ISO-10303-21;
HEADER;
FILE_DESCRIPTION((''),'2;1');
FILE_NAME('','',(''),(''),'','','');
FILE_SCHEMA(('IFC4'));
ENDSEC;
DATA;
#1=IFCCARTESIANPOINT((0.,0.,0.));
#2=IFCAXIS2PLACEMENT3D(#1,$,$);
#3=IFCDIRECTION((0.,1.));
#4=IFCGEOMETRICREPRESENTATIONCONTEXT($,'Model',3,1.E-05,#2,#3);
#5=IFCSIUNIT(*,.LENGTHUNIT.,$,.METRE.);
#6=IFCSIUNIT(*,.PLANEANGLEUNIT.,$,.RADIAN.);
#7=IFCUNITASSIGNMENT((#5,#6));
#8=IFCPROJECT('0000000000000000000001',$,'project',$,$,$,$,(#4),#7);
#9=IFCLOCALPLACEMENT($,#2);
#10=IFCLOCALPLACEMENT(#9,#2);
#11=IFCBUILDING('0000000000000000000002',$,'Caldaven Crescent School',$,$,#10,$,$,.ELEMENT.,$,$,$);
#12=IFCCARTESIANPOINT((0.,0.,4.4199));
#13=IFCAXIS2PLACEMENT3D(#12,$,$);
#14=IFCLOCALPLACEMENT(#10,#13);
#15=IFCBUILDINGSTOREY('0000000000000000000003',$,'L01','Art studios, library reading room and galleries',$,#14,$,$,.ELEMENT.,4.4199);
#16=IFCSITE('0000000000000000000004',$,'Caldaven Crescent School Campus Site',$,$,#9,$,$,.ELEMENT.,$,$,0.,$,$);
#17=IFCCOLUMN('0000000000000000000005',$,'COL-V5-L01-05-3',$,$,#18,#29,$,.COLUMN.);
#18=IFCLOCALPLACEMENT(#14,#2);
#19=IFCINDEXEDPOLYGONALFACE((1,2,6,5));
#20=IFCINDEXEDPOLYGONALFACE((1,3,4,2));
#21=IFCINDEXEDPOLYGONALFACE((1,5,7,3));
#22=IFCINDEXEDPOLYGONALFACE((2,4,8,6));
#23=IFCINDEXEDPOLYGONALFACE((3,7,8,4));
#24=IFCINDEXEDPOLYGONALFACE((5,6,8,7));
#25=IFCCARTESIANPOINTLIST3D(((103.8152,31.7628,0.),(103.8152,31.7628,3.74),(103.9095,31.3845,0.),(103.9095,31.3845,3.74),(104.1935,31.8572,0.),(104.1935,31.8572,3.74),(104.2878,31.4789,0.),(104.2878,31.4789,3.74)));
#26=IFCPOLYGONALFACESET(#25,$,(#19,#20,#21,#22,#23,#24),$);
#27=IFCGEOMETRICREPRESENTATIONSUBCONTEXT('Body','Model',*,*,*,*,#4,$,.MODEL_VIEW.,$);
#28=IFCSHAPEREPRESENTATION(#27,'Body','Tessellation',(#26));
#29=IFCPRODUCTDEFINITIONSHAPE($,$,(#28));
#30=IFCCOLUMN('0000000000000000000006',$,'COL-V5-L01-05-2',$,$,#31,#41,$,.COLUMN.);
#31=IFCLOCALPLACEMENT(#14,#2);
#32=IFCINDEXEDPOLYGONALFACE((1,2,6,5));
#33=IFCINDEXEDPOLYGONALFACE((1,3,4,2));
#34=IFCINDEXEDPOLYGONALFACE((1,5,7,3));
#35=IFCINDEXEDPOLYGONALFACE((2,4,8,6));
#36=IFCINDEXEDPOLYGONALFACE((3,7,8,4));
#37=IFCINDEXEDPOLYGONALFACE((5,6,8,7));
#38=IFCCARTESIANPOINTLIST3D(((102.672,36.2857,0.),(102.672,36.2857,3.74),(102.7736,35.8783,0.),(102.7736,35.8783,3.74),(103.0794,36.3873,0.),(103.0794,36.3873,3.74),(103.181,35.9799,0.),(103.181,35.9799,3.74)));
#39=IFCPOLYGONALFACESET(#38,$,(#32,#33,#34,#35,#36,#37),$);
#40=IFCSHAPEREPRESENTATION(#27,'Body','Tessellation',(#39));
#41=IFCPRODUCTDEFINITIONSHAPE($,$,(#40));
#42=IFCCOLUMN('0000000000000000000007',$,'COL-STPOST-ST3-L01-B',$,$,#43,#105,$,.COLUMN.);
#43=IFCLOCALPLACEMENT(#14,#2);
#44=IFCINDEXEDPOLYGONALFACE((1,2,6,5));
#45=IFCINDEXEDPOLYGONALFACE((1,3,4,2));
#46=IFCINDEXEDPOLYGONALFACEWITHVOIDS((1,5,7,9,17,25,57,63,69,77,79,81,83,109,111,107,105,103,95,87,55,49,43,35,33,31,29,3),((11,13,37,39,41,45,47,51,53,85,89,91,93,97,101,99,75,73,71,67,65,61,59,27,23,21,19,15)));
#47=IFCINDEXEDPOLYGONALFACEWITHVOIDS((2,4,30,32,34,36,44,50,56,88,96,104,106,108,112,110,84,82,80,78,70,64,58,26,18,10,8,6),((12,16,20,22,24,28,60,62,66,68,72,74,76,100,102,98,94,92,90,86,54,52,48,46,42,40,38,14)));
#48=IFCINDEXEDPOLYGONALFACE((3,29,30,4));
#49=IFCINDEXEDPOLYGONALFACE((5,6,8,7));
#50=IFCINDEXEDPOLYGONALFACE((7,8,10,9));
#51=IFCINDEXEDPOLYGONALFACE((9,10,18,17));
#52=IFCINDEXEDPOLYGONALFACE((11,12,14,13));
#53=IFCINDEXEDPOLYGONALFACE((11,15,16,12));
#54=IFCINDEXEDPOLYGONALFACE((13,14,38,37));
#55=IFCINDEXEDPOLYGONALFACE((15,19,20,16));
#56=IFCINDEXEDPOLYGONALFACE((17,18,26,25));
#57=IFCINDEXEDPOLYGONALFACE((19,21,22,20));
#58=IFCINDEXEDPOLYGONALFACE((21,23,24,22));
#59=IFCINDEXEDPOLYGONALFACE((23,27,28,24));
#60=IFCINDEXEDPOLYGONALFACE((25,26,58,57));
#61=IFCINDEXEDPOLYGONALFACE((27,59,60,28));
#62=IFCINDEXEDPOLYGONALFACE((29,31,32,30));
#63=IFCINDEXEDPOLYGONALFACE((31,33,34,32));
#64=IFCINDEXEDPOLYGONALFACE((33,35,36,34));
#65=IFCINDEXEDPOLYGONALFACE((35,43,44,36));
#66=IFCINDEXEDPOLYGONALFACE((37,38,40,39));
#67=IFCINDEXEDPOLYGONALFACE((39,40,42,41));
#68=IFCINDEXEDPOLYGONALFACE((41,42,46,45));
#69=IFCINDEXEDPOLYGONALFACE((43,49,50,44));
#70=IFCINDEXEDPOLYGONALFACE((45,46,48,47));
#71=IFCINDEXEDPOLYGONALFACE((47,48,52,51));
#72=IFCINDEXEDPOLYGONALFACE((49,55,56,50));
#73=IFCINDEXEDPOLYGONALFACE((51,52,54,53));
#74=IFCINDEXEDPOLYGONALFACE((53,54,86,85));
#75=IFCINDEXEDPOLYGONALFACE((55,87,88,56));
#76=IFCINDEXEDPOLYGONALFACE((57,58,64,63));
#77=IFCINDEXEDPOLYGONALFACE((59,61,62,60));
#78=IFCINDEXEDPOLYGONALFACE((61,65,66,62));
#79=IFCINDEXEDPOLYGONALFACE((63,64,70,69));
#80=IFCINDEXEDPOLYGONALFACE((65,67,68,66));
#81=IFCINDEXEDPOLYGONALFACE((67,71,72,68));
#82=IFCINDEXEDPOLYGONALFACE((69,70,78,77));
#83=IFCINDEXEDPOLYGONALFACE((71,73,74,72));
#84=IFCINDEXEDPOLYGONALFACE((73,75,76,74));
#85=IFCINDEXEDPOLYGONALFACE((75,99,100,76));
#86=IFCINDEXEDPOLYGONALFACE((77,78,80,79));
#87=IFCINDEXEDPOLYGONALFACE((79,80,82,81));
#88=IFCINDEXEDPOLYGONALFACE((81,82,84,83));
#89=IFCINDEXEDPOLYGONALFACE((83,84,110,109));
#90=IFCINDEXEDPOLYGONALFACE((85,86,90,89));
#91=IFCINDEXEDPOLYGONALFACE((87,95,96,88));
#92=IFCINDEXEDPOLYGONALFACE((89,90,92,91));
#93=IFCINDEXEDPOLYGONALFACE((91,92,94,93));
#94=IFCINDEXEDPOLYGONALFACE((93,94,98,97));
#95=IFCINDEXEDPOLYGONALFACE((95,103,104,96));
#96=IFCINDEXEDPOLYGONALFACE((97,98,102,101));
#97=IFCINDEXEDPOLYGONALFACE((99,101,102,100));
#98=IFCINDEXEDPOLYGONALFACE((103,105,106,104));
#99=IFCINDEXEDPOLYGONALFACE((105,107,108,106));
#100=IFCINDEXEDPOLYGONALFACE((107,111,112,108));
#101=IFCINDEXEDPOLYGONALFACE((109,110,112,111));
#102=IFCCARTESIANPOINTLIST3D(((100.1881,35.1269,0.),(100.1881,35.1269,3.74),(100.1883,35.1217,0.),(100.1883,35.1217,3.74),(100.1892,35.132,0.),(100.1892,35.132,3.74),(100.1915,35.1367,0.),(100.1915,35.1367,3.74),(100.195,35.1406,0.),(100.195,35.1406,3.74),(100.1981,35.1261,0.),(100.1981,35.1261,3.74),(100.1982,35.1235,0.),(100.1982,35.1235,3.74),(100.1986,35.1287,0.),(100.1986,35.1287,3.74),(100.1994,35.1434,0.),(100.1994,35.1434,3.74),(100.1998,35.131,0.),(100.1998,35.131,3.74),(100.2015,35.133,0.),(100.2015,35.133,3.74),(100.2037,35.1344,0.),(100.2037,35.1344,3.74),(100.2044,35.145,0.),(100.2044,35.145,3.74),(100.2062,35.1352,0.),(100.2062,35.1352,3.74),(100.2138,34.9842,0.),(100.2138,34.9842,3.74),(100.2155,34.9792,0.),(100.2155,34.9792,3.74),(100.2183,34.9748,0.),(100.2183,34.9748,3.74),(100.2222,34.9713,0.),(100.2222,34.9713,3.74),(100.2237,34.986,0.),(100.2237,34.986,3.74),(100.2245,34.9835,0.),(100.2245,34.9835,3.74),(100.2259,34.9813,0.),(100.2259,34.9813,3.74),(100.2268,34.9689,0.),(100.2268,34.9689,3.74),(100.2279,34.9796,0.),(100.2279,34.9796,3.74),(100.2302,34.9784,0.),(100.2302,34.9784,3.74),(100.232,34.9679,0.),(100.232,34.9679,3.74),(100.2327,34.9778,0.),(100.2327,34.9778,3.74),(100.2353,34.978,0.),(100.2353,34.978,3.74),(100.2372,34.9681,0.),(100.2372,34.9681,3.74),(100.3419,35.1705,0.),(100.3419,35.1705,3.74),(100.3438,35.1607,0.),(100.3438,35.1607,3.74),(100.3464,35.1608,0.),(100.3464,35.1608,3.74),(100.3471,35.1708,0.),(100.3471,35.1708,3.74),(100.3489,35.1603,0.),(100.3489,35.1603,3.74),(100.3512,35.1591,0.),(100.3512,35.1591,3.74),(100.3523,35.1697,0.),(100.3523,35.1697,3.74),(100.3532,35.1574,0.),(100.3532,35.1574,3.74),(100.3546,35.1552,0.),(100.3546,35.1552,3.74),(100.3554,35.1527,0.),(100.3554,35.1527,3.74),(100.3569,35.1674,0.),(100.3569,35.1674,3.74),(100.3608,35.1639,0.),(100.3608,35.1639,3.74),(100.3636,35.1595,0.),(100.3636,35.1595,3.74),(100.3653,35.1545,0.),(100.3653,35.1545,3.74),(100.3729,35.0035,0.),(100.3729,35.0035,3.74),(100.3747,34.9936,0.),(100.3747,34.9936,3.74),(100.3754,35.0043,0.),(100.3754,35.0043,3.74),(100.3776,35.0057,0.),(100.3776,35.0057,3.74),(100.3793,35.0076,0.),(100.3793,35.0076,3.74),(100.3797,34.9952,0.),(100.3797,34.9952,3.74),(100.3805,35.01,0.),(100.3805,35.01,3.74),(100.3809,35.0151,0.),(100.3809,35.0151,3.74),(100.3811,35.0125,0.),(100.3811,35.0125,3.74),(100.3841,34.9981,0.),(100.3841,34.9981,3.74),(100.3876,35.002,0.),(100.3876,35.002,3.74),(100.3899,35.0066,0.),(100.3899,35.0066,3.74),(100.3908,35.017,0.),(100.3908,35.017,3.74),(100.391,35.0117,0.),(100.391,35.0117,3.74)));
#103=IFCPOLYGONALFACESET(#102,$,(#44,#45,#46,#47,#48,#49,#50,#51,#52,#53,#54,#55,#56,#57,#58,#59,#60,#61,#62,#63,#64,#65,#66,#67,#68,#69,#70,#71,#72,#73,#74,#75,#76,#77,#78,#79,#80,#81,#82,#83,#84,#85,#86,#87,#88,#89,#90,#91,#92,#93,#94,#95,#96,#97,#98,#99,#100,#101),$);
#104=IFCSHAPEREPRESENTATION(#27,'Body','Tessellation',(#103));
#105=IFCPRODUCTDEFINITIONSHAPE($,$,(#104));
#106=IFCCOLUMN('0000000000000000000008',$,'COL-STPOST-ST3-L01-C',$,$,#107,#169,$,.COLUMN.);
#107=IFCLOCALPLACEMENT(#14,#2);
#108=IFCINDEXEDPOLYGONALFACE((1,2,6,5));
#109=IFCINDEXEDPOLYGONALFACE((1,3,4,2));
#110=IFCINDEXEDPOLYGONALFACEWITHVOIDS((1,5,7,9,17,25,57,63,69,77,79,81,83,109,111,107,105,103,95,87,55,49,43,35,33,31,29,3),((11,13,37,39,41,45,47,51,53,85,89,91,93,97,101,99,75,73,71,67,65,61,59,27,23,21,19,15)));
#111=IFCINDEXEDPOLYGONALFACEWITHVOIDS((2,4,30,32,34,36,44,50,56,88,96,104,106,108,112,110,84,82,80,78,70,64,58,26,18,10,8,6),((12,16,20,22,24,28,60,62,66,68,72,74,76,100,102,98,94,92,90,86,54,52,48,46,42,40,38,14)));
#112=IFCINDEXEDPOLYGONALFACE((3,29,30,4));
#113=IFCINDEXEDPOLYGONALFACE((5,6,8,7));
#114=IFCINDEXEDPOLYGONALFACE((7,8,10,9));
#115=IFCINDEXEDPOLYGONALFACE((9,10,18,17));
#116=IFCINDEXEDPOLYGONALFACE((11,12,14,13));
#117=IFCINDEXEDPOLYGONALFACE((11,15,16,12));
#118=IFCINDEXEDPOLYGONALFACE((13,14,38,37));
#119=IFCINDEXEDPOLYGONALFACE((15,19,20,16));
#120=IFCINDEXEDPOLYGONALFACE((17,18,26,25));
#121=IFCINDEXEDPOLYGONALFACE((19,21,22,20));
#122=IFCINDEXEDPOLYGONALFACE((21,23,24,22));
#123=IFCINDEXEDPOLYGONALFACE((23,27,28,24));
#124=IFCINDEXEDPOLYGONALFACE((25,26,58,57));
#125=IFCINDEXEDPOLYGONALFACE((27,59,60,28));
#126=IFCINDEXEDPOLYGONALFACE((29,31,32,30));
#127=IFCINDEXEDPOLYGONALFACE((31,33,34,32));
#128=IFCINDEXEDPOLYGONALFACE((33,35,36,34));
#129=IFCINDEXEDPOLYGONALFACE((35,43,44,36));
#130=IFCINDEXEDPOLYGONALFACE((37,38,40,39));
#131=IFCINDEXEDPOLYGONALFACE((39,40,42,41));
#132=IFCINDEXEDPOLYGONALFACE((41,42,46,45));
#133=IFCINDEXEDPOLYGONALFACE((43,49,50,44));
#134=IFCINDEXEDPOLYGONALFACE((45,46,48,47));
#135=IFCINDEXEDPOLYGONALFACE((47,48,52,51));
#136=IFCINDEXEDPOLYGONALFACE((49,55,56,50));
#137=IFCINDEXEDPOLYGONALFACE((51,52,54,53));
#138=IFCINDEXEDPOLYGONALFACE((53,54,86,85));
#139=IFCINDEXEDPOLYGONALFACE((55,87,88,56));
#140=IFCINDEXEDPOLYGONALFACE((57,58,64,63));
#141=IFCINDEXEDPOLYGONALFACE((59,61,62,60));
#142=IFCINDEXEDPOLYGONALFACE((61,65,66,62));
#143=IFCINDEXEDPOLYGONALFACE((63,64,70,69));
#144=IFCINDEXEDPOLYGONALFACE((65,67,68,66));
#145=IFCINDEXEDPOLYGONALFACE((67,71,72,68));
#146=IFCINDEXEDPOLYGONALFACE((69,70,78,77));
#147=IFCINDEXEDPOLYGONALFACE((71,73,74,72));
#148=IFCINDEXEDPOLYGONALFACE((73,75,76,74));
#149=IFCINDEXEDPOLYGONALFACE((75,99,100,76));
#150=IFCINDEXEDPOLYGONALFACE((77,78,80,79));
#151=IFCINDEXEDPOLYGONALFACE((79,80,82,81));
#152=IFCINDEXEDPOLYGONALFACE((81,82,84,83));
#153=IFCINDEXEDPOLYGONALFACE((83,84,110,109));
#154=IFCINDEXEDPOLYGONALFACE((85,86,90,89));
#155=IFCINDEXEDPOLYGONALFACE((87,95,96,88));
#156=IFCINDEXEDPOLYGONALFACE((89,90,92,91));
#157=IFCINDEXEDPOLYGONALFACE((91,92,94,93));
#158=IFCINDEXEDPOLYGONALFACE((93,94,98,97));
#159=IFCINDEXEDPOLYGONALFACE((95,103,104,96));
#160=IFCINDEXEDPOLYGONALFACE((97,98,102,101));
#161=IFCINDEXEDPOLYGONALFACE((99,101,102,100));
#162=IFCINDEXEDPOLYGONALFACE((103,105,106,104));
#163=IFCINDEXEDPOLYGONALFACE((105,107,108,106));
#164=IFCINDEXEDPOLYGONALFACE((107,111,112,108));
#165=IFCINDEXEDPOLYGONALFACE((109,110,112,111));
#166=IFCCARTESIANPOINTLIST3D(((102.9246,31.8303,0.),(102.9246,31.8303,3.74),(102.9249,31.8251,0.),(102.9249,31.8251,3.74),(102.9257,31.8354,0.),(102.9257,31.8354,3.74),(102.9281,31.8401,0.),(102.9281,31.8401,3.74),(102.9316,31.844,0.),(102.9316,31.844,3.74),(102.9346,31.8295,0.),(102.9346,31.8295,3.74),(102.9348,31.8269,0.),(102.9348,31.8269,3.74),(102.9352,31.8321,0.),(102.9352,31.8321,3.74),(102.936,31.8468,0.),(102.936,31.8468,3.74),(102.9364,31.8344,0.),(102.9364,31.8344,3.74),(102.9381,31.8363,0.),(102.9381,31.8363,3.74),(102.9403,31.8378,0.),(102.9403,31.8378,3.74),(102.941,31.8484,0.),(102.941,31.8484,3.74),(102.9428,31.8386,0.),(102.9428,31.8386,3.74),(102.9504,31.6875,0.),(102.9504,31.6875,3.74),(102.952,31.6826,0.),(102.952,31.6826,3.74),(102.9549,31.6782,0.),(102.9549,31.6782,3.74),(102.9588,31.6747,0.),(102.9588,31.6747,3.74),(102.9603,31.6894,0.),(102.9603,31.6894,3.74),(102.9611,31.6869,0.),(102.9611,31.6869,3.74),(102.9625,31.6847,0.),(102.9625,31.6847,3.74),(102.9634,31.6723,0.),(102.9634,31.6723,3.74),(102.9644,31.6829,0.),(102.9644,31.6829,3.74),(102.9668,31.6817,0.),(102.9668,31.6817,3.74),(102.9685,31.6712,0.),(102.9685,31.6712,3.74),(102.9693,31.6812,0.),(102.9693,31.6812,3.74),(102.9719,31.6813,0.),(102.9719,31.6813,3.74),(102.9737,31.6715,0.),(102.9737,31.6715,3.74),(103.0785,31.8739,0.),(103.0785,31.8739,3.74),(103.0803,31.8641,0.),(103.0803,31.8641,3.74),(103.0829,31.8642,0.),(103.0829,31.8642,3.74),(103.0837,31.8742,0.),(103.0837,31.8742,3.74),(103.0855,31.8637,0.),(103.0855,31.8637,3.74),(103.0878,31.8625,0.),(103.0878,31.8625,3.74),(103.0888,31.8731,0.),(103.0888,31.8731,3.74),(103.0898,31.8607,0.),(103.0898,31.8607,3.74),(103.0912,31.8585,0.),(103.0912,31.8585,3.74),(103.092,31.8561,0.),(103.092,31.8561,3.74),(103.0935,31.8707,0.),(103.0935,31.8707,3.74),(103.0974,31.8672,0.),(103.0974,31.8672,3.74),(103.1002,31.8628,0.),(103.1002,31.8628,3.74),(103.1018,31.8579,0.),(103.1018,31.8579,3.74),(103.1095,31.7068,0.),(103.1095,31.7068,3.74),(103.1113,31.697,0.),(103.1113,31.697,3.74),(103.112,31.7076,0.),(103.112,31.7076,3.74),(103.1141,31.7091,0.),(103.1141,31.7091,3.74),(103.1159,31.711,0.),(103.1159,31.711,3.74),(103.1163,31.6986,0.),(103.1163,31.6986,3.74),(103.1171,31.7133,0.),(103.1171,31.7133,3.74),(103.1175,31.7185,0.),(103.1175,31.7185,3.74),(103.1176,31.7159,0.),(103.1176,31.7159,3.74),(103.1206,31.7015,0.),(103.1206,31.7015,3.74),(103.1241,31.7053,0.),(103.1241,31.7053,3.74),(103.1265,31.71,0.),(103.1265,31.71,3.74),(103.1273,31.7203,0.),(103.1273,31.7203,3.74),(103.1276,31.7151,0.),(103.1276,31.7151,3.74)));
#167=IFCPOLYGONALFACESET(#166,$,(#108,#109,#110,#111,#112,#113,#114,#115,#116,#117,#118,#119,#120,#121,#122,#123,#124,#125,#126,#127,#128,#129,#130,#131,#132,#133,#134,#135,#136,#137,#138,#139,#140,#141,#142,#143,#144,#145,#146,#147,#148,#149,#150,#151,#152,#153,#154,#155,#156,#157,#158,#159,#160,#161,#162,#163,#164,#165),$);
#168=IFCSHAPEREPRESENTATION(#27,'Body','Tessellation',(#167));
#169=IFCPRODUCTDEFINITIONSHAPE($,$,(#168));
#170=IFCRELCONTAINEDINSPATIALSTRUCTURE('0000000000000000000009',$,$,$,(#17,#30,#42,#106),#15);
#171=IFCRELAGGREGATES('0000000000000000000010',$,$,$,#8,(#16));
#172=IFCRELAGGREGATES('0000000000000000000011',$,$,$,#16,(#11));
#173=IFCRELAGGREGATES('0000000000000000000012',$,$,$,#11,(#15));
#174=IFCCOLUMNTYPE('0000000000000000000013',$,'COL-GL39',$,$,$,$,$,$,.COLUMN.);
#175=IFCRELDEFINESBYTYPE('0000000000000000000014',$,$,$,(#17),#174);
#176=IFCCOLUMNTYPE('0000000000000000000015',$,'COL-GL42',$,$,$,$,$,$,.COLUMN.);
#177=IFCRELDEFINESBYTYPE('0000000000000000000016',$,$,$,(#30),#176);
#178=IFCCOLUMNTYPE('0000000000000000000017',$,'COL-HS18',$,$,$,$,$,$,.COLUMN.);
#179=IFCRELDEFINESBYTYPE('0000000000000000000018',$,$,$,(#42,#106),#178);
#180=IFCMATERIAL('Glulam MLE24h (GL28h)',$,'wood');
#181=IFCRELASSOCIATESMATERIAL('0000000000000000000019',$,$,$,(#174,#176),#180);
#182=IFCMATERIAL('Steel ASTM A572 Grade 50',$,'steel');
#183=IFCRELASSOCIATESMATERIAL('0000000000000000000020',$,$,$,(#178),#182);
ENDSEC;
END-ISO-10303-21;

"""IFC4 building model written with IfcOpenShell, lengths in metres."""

from ifc_helpers import new_model, si_unit, direction, frame, origin, origin_2d, place, context, subcontext, project, spatial, rectangle, hollow_rectangle, extrude, material, material_profile, profile_set, type_object, element, save


model = new_model("IFC4")

# Units and contexts
model_context = context("Model", 3, precision=1e-05, world=origin(), true_north=direction((0.0, 1.0)))
body_context = subcontext(model_context, "Body", "Model", "MODEL_VIEW")
ifc_project = project(units=[si_unit("LENGTHUNIT", "METRE"), si_unit("PLANEANGLEUNIT", "RADIAN")], contexts=[model_context])

# Site, building, storey
site_placement = place(None, origin())
site = spatial("IfcSite", under=ifc_project, at=site_placement, Name="Caldaven Crescent School Campus Site", CompositionType="ELEMENT", RefElevation=0.0)
building_placement = place(site_placement, origin())
building = spatial("IfcBuilding", under=site, at=building_placement, Name="Caldaven Crescent School", CompositionType="ELEMENT")
storey_placement = place(building_placement, frame((0.0, 0.0, 4.4199)))
storey = spatial("IfcBuildingStorey", under=building, at=storey_placement, Name="L01", Description="Art studios, library reading room and galleries", CompositionType="ELEMENT", Elevation=4.4199)

# Columns
ifc_material_1 = material(Name="Glulam MLE24h (GL28h)", Category="wood")
ifc_material_profile_1 = material_profile(ifc_material_1, rectangle(XDim=0.3899, YDim=0.3899, at=origin_2d()), Name="MLE 390x390")
ifc_profile_set_1 = profile_set([ifc_material_profile_1], Name="Glulam MLE24h (GL28h)")
column_type_1 = type_object("IfcColumnType", Name="COL-GL39", PredefinedType="COLUMN", material=ifc_profile_set_1)
column_1_placement = place(storey_placement, frame((104.0515, 31.6208, 0.0), z_axis=(0.0, 0.0, 1.0), x_axis=(0.241922, -0.970296, 0.0)))
element("IfcColumn", 1, at=column_1_placement, inside=storey, type_object=column_type_1, Name="COL-V5-L01-05-3", PredefinedType="COLUMN", context=body_context, shape_type="SweptSolid", body=[
    extrude(rectangle(XDim=0.3899, YDim=0.3899, at=origin_2d()), origin(), (0.0, 0.0, 1.0), 3.74),
])
ifc_material_profile_2 = material_profile(ifc_material_1, rectangle(XDim=0.4199, YDim=0.4199, at=origin_2d()), Name="MLE 420x420")
ifc_profile_set_2 = profile_set([ifc_material_profile_2], Name="Glulam MLE24h (GL28h)")
column_type_2 = type_object("IfcColumnType", Name="COL-GL42", PredefinedType="COLUMN", material=ifc_profile_set_2)
column_2_placement = place(storey_placement, frame((102.9265, 36.1328, 0.0), z_axis=(0.0, 0.0, 1.0), x_axis=(0.241922, -0.970296, 0.0)))
element("IfcColumn", 2, at=column_2_placement, inside=storey, type_object=column_type_2, Name="COL-V5-L01-05-2", PredefinedType="COLUMN", context=body_context, shape_type="SweptSolid", body=[
    extrude(rectangle(XDim=0.4199, YDim=0.4199, at=origin_2d()), origin(), (0.0, 0.0, 1.0), 3.74),
])
ifc_material_2 = material(Name="Steel ASTM A572 Grade 50", Category="steel")
ifc_material_profile_3 = material_profile(ifc_material_2, hollow_rectangle(XDim=0.1799, YDim=0.1799, WallThickness=0.01, InnerFilletRadius=0.01, OuterFilletRadius=0.02, at=origin_2d()), Name="HSS 180x180x10")
ifc_profile_set_3 = profile_set([ifc_material_profile_3], Name="Steel ASTM A572 Grade 50")
column_type_3 = type_object("IfcColumnType", Name="COL-HS18", PredefinedType="COLUMN", material=ifc_profile_set_3)
for number, where, z_axis, x_axis, name in (
    (3, (100.2896, 35.0693, 0.0), (0.0, 0.0, 1.0), (0.983255, 0.182236, 0.0), "COL-STPOST-ST3-L01-B"),
    (4, (103.0261, 31.7727, 0.0), (0.0, 0.0, 1.0), (0.983255, 0.182236, 0.0), "COL-STPOST-ST3-L01-C"),
):
    element("IfcColumn", number, at=place(storey_placement, frame(where, z_axis=z_axis, x_axis=x_axis)), inside=storey, type_object=column_type_3, Name=name, PredefinedType="COLUMN", context=body_context, shape_type="SweptSolid", body=[
        extrude(hollow_rectangle(XDim=0.1799, YDim=0.1799, WallThickness=0.01, InnerFilletRadius=0.01, OuterFilletRadius=0.02, at=origin_2d()), origin(), (0.0, 0.0, 1.0), 3.74),
    ])

save(model, "model.ifc")
